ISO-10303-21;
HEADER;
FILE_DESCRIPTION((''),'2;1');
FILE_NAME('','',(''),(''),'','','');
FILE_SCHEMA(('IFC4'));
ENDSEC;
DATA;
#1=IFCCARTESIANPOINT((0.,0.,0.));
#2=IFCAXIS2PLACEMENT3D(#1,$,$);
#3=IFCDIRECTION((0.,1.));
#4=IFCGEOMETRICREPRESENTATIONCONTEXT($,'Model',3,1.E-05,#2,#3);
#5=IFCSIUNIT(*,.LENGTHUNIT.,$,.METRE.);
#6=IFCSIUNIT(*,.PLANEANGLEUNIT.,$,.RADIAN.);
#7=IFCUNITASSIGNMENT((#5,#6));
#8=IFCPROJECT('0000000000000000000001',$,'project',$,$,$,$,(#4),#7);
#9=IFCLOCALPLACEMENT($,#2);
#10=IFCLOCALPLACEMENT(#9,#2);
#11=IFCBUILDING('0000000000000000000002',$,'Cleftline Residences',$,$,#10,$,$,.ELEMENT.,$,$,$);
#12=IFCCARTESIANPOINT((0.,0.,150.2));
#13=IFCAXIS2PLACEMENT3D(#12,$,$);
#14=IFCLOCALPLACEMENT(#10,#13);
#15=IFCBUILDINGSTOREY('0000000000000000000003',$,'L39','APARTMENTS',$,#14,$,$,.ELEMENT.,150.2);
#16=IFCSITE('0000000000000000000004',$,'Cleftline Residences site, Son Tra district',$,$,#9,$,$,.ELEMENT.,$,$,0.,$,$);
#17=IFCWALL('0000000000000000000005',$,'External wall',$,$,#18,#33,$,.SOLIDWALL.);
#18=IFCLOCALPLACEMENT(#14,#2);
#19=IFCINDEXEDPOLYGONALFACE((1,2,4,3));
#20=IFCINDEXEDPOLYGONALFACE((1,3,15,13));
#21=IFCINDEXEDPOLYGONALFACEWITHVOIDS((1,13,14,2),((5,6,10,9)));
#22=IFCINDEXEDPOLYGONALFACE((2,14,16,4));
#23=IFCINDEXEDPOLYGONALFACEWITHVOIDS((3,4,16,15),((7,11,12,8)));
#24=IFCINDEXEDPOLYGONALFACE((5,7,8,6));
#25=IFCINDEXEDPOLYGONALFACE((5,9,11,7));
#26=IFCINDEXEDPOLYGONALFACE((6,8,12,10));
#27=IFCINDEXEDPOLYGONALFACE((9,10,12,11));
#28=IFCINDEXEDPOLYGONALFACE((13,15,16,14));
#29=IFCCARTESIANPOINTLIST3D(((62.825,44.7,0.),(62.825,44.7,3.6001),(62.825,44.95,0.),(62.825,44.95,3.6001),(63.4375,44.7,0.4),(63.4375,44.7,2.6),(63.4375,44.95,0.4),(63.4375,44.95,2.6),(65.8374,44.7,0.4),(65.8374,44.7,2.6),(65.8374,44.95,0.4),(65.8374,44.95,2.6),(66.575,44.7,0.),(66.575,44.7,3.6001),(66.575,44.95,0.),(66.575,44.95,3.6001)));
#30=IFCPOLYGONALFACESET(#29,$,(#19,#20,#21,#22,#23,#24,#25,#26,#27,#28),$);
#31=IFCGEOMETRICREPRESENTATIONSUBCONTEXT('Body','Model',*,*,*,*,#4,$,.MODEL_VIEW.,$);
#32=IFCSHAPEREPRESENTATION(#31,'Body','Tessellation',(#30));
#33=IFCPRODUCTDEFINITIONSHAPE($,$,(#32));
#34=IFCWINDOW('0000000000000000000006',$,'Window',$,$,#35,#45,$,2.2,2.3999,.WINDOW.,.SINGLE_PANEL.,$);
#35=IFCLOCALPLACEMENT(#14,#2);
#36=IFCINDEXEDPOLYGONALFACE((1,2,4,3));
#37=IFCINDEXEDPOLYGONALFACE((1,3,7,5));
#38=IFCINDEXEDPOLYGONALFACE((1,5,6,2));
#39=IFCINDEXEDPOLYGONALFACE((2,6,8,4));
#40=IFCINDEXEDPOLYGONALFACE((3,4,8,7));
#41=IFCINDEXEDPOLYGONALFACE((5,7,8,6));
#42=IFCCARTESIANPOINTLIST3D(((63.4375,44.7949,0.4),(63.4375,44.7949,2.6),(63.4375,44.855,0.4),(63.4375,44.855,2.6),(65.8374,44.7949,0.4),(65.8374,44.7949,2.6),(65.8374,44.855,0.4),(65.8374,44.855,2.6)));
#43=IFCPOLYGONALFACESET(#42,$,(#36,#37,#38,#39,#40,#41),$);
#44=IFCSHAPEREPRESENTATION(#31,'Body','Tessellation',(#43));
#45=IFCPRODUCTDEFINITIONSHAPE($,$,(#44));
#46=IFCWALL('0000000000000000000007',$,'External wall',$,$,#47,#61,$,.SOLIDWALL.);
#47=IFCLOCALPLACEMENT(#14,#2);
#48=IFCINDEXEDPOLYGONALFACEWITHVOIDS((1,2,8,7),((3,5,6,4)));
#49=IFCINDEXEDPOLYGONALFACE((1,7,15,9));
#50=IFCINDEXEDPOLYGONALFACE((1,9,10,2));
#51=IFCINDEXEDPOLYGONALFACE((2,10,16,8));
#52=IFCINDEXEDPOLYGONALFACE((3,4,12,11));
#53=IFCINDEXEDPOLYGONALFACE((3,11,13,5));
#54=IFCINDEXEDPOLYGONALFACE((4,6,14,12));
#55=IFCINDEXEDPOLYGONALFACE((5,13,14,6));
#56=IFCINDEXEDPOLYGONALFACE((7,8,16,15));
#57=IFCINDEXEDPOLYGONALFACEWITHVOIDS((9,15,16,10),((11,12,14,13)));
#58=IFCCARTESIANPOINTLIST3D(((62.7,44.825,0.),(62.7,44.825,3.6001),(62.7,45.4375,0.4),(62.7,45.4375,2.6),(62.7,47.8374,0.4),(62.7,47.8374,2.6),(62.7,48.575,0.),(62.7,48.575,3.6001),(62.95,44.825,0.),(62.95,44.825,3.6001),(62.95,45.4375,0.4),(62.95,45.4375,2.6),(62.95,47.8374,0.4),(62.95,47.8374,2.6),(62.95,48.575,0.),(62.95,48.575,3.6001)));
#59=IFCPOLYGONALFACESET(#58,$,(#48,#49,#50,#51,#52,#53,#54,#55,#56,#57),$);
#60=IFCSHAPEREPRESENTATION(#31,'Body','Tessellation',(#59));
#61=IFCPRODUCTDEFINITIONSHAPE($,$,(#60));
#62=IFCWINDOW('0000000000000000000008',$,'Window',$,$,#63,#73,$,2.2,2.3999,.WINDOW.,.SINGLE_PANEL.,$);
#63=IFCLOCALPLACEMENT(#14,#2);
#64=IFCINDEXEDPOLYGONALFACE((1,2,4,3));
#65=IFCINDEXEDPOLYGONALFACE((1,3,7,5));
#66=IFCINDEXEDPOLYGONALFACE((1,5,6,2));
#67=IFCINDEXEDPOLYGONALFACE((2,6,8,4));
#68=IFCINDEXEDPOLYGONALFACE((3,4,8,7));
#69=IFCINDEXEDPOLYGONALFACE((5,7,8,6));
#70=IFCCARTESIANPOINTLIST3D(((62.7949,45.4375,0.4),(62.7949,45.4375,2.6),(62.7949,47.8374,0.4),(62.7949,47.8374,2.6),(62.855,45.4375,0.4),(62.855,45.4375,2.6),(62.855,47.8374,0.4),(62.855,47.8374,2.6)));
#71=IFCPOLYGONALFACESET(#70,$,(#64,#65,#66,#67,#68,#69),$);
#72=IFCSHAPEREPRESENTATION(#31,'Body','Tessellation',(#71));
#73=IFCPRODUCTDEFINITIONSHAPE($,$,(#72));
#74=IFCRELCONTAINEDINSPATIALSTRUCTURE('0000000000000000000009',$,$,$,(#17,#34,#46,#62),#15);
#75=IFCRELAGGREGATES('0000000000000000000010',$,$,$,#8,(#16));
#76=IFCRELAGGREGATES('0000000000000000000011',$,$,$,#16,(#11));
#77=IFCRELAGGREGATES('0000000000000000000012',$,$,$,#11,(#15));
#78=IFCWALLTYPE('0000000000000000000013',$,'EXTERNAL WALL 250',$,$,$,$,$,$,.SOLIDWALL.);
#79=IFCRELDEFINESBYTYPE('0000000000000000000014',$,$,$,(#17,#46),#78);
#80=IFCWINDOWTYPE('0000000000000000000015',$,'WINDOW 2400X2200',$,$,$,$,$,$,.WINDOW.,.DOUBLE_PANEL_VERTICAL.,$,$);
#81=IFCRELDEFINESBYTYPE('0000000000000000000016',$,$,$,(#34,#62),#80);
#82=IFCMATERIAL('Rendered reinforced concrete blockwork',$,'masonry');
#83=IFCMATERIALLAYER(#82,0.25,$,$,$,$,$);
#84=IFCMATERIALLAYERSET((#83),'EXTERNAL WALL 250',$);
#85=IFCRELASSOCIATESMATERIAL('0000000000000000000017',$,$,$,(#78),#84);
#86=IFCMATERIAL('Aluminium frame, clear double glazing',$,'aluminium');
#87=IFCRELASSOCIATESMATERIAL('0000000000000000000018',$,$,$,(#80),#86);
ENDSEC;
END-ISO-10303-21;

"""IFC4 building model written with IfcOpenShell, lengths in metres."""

from ifc_helpers import new_model, si_unit, direction, frame, frame_2d, origin, place, context, subcontext, project, spatial, rectangle, extrude, material, layer, layer_set, type_object, element, fill, save


model = new_model("IFC4")

# Units and contexts
model_context = context("Model", 3, precision=1e-05, world=origin(), true_north=direction((0.0, 1.0)))
body_context = subcontext(model_context, "Body", "Model", "MODEL_VIEW")
ifc_project = project(units=[si_unit("LENGTHUNIT", "METRE"), si_unit("PLANEANGLEUNIT", "RADIAN")], contexts=[model_context])

# Site, building, storey
site_placement = place(None, origin())
site = spatial("IfcSite", under=ifc_project, at=site_placement, Name="Cleftline Residences site, Son Tra district", CompositionType="ELEMENT", RefElevation=0.0)
building_placement = place(site_placement, origin())
building = spatial("IfcBuilding", under=site, at=building_placement, Name="Cleftline Residences", CompositionType="ELEMENT")
storey_placement = place(building_placement, frame((0.0, 0.0, 150.2)))
storey = spatial("IfcBuildingStorey", under=building, at=storey_placement, Name="L39", Description="APARTMENTS", CompositionType="ELEMENT", Elevation=150.2)

# Walls, openings, windows
ifc_material_1 = material(Name="Rendered reinforced concrete blockwork", Category="masonry")
ifc_layer_1 = layer(ifc_material_1, 0.25)
ifc_layer_set_1 = layer_set([ifc_layer_1], Name="EXTERNAL WALL 250")
wall_type_1 = type_object("IfcWallType", Name="EXTERNAL WALL 250", PredefinedType="SOLIDWALL", material=ifc_layer_set_1)
wall_1_placement = place(storey_placement, frame((66.575, 44.825, 0.0), z_axis=(0.0, 0.0, 1.0), x_axis=(-1.0, 0.0, 0.0)))
wall_1 = element("IfcWall", 1, at=wall_1_placement, inside=storey, type_object=wall_type_1, Name="External wall", PredefinedType="SOLIDWALL", context=body_context, shape_type="SweptSolid", body=[
    extrude(rectangle(XDim=3.75, YDim=0.25, at=frame_2d((1.875, 0.0))), origin(), (0.0, 0.0, 1.0), 3.6001),
])
opening_1_placement = place(wall_1_placement, frame((0.7375, 0.0, 0.3999)))
opening_1 = element("IfcOpeningElement", 2, at=opening_1_placement, cuts=wall_1, PredefinedType="OPENING", context=body_context, shape_type="SweptSolid", body=[
    extrude(rectangle(XDim=2.3999, YDim=2.2, at=frame_2d((1.2, 1.1001))), frame((0.0, 0.135, 0.0), z_axis=(0.0, -1.0, 0.0), x_axis=(1.0, 0.0, 0.0)), (0.0, 0.0, 1.0), 0.27),
])
ifc_material_2 = material(Name="Aluminium frame, clear double glazing", Category="aluminium")
window_type_1 = type_object("IfcWindowType", Name="WINDOW 2400X2200", PartitioningType="DOUBLE_PANEL_VERTICAL", PredefinedType="WINDOW", material=ifc_material_2)
window_1_placement = place(opening_1_placement, origin())
window_1 = element("IfcWindow", 3, at=window_1_placement, inside=storey, type_object=window_type_1, Name="Window", OverallHeight=2.2, OverallWidth=2.3999, PartitioningType="SINGLE_PANEL", PredefinedType="WINDOW", context=body_context, shape_type="SweptSolid", body=[
    extrude(rectangle(XDim=2.3999, YDim=2.2, at=frame_2d((1.2, 1.1001))), frame((0.0, 0.03, 0.0), z_axis=(0.0, -1.0, 0.0), x_axis=(1.0, 0.0, 0.0)), (0.0, 0.0, 1.0), 0.0601),
])
fill(opening_1, window_1)
wall_2_placement = place(storey_placement, frame((62.825, 44.825, 0.0), z_axis=(0.0, 0.0, 1.0), x_axis=(0.0, 1.0, 0.0)))
wall_2 = element("IfcWall", 4, at=wall_2_placement, inside=storey, type_object=wall_type_1, Name="External wall", PredefinedType="SOLIDWALL", context=body_context, shape_type="SweptSolid", body=[
    extrude(rectangle(XDim=3.75, YDim=0.25, at=frame_2d((1.875, 0.0))), origin(), (0.0, 0.0, 1.0), 3.6001),
])
opening_2_placement = place(wall_2_placement, frame((0.6125, 0.0, 0.3999)))
opening_2 = element("IfcOpeningElement", 5, at=opening_2_placement, cuts=wall_2, PredefinedType="OPENING", context=body_context, shape_type="SweptSolid", body=[
    extrude(rectangle(XDim=2.3999, YDim=2.2, at=frame_2d((1.2, 1.1001))), frame((0.0, 0.135, 0.0), z_axis=(0.0, -1.0, 0.0), x_axis=(1.0, 0.0, 0.0)), (0.0, 0.0, 1.0), 0.27),
])
window_2_placement = place(opening_2_placement, origin())
window_2 = element("IfcWindow", 6, at=window_2_placement, inside=storey, type_object=window_type_1, Name="Window", OverallHeight=2.2, OverallWidth=2.3999, PartitioningType="SINGLE_PANEL", PredefinedType="WINDOW", context=body_context, shape_type="SweptSolid", body=[
    extrude(rectangle(XDim=2.3999, YDim=2.2, at=frame_2d((1.2, 1.1001))), frame((0.0, 0.03, 0.0), z_axis=(0.0, -1.0, 0.0), x_axis=(1.0, 0.0, 0.0)), (0.0, 0.0, 1.0), 0.0601),
])
fill(opening_2, window_2)

save(model, "model.ifc")
